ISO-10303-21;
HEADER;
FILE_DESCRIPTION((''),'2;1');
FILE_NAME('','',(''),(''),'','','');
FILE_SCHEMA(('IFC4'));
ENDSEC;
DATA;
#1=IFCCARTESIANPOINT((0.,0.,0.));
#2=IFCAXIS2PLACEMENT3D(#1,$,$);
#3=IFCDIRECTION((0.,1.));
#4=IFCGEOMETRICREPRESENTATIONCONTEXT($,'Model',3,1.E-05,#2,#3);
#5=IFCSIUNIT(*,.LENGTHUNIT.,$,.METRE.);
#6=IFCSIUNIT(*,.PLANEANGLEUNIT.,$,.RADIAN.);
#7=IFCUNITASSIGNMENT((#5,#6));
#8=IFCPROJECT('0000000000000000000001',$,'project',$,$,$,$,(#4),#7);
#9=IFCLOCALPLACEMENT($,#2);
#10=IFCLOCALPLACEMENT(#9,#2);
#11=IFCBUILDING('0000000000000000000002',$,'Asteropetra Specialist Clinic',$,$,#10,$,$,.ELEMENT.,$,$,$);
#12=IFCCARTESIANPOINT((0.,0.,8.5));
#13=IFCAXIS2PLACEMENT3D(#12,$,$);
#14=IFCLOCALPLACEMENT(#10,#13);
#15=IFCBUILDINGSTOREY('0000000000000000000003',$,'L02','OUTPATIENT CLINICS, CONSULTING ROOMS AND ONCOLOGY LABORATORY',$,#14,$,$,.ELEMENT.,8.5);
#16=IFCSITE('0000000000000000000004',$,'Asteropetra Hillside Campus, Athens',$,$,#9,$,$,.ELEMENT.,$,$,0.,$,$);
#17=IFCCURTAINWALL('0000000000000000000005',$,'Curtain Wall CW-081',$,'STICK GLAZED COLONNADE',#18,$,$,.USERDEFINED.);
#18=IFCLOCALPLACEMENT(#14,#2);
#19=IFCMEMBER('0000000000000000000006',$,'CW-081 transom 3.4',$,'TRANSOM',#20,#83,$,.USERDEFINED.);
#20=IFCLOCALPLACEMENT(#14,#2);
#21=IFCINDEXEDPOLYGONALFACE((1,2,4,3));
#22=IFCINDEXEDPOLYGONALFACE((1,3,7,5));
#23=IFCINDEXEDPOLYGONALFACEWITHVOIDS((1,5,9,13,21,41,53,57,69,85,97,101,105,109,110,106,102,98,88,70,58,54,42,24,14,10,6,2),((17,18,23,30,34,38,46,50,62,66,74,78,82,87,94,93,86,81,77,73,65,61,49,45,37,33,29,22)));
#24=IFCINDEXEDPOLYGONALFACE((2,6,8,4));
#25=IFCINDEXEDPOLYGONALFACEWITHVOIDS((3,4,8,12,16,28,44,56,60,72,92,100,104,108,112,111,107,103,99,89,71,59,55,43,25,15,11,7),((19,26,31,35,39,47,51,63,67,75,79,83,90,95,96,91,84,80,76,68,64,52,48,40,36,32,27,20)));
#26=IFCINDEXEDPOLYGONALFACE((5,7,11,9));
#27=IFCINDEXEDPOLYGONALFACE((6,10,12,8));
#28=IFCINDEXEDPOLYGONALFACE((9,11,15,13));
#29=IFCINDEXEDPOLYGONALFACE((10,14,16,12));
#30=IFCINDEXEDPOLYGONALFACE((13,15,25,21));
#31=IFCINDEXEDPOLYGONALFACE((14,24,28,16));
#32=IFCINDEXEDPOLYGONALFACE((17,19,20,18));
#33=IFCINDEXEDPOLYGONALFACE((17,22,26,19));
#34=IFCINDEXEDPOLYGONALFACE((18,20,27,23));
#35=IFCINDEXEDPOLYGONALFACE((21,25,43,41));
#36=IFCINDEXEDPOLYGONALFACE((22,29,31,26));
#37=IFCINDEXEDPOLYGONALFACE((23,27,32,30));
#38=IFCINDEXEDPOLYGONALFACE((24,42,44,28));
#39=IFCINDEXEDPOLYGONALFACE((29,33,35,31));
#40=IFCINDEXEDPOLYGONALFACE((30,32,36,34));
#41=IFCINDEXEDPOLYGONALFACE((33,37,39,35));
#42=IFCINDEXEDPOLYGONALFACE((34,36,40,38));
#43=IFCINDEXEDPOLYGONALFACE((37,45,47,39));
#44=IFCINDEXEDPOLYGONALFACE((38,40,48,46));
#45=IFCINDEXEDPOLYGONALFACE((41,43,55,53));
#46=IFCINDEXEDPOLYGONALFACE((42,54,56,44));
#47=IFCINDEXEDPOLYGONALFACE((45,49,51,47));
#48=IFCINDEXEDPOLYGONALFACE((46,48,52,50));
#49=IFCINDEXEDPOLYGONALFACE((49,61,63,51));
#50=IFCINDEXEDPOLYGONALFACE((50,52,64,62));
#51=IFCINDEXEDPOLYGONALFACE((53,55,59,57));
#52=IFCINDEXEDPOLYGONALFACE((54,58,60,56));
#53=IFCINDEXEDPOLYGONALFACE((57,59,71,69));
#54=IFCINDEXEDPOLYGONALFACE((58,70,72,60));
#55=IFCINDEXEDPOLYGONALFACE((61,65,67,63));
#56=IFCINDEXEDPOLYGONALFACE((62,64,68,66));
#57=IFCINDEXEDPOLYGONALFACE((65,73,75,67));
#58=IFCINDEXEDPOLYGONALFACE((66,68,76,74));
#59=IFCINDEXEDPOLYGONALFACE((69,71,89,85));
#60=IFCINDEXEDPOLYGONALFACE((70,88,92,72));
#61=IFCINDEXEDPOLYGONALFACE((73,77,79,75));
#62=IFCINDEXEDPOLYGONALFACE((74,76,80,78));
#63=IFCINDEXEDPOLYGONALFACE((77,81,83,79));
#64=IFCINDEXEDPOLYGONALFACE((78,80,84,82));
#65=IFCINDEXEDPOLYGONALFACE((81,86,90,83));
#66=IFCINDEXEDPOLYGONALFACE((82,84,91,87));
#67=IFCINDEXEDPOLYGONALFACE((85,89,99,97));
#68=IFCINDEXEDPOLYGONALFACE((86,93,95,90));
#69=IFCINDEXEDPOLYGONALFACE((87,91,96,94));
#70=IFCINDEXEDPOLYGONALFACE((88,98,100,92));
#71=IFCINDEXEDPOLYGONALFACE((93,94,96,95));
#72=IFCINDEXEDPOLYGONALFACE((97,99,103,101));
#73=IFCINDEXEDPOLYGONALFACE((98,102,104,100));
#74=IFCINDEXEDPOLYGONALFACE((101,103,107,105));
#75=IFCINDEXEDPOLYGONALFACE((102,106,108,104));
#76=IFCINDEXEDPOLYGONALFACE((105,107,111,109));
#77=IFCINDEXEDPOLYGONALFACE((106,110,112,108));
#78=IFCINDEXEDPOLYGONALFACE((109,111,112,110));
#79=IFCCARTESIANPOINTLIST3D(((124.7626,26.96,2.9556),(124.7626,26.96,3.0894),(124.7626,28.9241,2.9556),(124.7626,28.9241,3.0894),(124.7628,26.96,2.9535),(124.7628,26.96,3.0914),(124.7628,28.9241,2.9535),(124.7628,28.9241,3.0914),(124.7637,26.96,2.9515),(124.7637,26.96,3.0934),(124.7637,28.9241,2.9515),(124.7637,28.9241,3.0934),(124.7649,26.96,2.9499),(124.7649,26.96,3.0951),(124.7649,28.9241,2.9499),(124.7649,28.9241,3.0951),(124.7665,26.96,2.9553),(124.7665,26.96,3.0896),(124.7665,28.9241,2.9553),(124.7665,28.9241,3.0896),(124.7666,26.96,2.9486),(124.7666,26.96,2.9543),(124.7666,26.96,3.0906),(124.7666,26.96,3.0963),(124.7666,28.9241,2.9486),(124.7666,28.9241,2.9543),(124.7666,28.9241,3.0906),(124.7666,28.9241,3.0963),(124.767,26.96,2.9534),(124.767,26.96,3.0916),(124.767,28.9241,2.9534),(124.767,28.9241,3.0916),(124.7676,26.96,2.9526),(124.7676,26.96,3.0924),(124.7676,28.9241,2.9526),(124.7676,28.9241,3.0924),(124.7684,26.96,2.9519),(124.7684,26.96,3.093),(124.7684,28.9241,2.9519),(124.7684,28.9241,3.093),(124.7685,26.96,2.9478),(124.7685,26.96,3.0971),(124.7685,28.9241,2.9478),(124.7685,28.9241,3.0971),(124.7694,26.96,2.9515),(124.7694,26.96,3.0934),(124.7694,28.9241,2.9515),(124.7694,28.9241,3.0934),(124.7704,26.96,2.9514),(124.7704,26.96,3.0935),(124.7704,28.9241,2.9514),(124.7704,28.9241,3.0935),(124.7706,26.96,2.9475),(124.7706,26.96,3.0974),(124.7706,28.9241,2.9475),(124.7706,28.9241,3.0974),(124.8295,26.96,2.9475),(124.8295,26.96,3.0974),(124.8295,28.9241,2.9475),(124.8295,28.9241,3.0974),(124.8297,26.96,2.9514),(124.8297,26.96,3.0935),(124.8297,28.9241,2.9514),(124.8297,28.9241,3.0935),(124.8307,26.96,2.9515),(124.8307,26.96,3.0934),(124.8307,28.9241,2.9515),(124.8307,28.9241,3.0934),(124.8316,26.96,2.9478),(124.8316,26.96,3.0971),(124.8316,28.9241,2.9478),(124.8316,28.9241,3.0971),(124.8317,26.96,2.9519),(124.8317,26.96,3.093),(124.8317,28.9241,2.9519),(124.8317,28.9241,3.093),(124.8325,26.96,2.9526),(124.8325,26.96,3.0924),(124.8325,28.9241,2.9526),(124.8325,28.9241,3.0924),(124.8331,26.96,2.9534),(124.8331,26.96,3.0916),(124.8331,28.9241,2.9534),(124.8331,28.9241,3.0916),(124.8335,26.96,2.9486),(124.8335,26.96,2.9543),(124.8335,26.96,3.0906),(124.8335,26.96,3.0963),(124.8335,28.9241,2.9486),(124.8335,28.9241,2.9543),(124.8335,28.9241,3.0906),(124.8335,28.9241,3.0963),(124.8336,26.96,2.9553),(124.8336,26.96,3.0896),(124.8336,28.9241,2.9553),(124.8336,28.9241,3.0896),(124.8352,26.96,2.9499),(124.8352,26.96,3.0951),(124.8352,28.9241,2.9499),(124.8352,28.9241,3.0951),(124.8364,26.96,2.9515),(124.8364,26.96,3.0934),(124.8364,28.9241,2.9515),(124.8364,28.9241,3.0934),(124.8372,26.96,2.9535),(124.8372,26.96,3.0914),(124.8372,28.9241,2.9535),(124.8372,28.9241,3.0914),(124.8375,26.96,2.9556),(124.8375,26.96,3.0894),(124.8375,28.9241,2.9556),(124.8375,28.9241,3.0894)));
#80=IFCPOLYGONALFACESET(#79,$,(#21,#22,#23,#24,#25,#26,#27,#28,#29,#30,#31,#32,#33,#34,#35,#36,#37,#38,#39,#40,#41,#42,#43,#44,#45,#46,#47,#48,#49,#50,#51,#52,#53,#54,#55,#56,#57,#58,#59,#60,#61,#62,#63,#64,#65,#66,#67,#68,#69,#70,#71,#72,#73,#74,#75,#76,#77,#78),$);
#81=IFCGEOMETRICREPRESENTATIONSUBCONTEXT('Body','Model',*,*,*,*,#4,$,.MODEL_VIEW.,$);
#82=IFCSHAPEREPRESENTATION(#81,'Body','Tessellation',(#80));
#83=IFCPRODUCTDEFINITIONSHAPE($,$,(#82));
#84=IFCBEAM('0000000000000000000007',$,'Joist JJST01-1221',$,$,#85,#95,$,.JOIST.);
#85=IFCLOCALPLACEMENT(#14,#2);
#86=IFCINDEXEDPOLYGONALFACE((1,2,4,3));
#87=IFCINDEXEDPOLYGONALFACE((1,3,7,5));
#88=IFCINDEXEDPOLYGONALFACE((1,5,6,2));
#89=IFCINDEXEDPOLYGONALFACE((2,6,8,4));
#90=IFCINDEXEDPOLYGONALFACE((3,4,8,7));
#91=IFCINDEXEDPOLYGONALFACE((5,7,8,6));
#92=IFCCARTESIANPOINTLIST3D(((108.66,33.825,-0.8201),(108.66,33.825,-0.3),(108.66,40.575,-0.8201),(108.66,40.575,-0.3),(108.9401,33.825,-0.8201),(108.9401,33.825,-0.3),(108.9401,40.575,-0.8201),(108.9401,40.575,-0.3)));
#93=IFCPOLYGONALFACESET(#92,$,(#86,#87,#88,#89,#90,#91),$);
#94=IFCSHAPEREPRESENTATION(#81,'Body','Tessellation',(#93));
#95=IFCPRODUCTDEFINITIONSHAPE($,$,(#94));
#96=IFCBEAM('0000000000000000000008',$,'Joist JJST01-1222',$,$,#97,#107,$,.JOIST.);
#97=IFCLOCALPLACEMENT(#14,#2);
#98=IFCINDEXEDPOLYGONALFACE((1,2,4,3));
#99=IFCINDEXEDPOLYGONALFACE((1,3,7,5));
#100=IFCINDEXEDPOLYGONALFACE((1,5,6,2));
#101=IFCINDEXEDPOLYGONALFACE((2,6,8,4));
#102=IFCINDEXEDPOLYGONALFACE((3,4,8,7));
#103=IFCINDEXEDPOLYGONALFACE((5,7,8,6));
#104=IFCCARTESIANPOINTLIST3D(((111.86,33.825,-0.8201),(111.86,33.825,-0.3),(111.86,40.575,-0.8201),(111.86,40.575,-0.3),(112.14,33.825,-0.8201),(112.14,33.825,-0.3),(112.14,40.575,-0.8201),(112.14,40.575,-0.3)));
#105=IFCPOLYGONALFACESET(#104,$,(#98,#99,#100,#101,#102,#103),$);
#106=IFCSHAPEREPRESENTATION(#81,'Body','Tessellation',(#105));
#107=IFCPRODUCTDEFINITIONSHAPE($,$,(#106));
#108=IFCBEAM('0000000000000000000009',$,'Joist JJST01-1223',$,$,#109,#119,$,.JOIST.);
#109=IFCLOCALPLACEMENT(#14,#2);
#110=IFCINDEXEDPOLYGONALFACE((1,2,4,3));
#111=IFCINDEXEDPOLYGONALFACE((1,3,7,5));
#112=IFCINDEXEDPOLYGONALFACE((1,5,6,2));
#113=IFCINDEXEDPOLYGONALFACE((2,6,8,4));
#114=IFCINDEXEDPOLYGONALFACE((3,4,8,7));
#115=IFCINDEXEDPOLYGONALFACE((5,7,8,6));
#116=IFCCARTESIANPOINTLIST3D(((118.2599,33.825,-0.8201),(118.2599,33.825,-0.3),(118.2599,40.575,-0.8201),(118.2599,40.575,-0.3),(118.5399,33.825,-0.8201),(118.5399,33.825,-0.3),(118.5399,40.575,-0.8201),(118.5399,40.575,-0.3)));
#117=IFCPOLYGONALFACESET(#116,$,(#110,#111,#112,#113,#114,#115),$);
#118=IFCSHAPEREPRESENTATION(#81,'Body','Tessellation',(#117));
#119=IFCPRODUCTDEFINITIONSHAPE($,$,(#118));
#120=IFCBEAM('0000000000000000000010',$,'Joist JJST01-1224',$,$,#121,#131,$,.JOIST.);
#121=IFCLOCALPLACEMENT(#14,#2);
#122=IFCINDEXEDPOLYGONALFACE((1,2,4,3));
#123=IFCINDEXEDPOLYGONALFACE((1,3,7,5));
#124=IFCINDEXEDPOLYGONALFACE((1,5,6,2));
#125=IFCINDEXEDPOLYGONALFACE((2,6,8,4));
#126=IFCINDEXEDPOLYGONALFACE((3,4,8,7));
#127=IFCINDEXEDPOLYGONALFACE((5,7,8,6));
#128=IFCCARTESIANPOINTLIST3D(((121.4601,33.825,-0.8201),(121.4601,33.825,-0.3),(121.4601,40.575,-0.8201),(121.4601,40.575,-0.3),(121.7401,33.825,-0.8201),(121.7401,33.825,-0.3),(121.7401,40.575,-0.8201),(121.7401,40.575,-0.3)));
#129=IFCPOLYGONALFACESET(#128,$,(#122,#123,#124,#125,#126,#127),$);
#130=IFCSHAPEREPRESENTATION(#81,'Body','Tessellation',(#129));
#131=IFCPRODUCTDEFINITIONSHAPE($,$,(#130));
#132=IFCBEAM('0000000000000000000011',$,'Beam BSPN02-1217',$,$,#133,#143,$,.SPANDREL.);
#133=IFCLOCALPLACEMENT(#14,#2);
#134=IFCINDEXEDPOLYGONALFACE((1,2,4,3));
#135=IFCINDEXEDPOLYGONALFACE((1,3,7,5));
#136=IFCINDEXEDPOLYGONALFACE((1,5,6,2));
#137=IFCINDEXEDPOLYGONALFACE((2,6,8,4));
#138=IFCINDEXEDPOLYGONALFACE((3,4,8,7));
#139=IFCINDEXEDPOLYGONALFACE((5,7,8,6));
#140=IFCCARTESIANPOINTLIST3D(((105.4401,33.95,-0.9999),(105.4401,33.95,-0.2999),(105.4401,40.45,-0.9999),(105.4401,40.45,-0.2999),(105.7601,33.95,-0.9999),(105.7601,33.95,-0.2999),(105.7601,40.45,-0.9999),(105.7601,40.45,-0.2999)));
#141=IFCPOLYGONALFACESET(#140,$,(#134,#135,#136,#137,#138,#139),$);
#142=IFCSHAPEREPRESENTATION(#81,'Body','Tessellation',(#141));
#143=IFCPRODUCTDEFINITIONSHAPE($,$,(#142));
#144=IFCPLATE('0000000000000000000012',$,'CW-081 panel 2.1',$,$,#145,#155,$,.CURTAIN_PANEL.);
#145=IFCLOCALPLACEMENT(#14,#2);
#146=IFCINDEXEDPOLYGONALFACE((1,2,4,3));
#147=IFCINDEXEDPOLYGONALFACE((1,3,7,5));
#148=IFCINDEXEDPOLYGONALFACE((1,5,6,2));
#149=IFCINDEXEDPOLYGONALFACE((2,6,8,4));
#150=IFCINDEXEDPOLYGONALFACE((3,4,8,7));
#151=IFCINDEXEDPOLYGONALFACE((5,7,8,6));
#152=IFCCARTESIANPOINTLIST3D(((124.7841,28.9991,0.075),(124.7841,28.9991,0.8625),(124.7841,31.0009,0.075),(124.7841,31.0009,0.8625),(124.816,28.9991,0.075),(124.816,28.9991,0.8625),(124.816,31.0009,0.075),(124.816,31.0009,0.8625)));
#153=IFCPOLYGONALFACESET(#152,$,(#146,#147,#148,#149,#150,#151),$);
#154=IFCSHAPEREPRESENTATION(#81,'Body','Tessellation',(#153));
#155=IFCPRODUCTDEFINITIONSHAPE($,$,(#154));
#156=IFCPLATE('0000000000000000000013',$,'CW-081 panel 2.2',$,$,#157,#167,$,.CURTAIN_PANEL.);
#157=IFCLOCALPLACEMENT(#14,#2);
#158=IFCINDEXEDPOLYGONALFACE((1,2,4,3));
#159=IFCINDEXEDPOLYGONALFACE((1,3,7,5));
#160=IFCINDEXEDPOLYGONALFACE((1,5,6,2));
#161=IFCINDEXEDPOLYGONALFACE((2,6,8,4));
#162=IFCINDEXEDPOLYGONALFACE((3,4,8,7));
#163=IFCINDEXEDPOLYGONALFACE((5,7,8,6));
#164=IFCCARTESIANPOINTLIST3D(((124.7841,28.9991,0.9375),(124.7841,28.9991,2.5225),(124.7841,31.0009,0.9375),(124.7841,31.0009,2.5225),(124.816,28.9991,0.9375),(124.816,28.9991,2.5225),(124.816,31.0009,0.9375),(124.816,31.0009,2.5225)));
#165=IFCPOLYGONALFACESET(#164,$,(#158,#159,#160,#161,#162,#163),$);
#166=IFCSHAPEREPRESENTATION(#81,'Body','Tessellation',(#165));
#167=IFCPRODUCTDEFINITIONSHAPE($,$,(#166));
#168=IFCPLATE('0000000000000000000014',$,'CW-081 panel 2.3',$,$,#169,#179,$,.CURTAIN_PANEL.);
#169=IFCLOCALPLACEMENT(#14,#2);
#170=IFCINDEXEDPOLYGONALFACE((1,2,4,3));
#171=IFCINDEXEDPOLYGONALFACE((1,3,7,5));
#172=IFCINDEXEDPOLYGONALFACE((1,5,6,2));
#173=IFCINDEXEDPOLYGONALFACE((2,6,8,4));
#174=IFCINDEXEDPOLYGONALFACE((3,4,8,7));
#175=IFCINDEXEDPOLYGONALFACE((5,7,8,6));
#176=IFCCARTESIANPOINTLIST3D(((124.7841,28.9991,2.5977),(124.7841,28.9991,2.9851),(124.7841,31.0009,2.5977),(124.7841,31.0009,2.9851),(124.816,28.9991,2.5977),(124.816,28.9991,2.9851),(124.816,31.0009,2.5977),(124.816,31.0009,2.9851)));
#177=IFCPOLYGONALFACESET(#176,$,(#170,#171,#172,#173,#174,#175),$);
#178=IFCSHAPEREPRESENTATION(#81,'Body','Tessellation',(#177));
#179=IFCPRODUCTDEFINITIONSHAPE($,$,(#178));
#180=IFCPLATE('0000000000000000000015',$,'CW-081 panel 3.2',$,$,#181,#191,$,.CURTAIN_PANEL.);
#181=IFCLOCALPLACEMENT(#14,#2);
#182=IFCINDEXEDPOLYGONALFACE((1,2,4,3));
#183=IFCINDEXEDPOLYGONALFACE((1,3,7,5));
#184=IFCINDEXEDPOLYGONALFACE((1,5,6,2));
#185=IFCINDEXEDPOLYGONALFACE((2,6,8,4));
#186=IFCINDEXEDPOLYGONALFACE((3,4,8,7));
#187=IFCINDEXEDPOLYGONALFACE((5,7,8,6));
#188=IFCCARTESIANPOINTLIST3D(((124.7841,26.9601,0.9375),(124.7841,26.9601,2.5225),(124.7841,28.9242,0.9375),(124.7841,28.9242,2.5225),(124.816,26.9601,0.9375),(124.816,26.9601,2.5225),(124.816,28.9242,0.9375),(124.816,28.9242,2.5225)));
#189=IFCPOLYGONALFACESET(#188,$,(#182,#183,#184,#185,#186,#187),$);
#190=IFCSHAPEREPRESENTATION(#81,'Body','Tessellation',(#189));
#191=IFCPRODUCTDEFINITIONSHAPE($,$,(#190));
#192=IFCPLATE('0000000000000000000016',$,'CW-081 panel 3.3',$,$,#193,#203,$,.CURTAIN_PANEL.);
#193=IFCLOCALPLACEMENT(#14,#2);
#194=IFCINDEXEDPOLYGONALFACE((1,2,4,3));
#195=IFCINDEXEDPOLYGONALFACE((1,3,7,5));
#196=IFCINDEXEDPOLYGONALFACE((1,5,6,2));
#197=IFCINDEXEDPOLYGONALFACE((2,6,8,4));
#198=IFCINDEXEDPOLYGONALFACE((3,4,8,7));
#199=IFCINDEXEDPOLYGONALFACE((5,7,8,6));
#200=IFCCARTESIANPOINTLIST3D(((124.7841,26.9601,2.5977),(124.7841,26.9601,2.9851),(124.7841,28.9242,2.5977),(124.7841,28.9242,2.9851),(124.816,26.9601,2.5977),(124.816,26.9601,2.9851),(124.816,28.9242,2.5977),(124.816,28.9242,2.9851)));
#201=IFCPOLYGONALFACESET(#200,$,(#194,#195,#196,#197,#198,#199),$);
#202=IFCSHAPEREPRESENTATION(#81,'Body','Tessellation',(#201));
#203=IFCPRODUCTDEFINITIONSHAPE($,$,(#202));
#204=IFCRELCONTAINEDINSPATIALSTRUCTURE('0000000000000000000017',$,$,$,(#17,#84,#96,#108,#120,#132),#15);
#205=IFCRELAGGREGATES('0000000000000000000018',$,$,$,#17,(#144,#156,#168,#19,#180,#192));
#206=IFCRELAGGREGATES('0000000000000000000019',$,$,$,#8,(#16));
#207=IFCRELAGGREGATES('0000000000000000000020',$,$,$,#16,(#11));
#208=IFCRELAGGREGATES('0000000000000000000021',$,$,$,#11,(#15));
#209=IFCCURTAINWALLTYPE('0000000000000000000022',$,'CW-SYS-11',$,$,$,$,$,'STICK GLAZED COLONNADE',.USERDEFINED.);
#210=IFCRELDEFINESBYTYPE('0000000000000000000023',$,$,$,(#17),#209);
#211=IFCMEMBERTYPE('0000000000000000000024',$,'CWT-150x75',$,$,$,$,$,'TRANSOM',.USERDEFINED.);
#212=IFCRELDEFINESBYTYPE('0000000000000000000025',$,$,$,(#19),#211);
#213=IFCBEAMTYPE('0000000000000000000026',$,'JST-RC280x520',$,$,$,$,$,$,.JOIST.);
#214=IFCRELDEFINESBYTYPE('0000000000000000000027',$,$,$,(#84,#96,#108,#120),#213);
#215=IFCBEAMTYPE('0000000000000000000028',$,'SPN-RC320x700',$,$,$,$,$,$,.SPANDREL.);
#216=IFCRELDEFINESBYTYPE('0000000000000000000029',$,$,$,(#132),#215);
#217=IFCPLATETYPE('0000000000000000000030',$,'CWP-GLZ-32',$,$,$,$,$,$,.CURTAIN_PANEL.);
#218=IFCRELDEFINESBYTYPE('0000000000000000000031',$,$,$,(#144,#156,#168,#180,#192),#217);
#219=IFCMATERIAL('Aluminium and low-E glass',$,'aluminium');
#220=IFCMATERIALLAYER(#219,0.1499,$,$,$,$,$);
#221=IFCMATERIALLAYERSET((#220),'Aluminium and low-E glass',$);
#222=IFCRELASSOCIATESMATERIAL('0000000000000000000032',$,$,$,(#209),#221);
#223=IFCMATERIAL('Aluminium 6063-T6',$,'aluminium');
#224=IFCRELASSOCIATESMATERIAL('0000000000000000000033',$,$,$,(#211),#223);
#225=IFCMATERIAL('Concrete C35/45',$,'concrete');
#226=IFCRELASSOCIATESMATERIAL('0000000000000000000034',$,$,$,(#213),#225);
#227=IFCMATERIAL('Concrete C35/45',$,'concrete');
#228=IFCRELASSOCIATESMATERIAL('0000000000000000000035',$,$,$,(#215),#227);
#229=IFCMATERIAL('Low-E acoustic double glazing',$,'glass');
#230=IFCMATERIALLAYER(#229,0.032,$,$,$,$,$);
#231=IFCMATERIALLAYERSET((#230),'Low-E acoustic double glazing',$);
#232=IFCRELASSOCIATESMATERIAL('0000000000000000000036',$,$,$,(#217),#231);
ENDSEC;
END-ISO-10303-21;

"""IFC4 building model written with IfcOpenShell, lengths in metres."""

from ifc_helpers import new_model, si_unit, direction, frame, origin, origin_2d, place, context, subcontext, project, spatial, rectangle, hollow_rectangle, extrude, material, layer, layer_set, material_profile, profile_set, type_object, element, aggregate, save


model = new_model("IFC4")

# Units and contexts
model_context = context("Model", 3, precision=1e-05, world=origin(), true_north=direction((0.0, 1.0)))
body_context = subcontext(model_context, "Body", "Model", "MODEL_VIEW")
ifc_project = project(units=[si_unit("LENGTHUNIT", "METRE"), si_unit("PLANEANGLEUNIT", "RADIAN")], contexts=[model_context])

# Site, building, storey
site_placement = place(None, origin())
site = spatial("IfcSite", under=ifc_project, at=site_placement, Name="Asteropetra Hillside Campus, Athens", CompositionType="ELEMENT", RefElevation=0.0)
building_placement = place(site_placement, origin())
building = spatial("IfcBuilding", under=site, at=building_placement, Name="Asteropetra Specialist Clinic", CompositionType="ELEMENT")
storey_placement = place(building_placement, frame((0.0, 0.0, 8.5)))
storey = spatial("IfcBuildingStorey", under=building, at=storey_placement, Name="L02", Description="OUTPATIENT CLINICS, CONSULTING ROOMS AND ONCOLOGY LABORATORY", CompositionType="ELEMENT", Elevation=8.5)

# Curtain wall, member
ifc_material_1 = material(Name="Aluminium and low-E glass", Category="aluminium")
ifc_layer_1 = layer(ifc_material_1, 0.1499)
ifc_layer_set_1 = layer_set([ifc_layer_1], Name="Aluminium and low-E glass")
curtain_wall_type = type_object("IfcCurtainWallType", Name="CW-SYS-11", ElementType="STICK GLAZED COLONNADE", PredefinedType="USERDEFINED", material=ifc_layer_set_1)
curtain_wall_placement = place(storey_placement, origin())
curtain_wall = element("IfcCurtainWall", 1, at=curtain_wall_placement, inside=storey, type_object=curtain_wall_type, Name="Curtain Wall CW-081", ObjectType="STICK GLAZED COLONNADE", PredefinedType="USERDEFINED")
ifc_material_2 = material(Name="Aluminium 6063-T6", Category="aluminium")
ifc_material_profile_1 = material_profile(ifc_material_2, hollow_rectangle(XDim=0.075, YDim=0.1499, WallThickness=0.0039, InnerFilletRadius=0.0039, OuterFilletRadius=0.0081, at=origin_2d()), Name="TRN 150x75x4.0")
ifc_profile_set_1 = profile_set([ifc_material_profile_1], Name="Aluminium 6063-T6")
member_type_1 = type_object("IfcMemberType", Name="CWT-150x75", ElementType="TRANSOM", PredefinedType="USERDEFINED", material=ifc_profile_set_1)
member_1_placement = place(storey_placement, frame((124.8, 28.9241, 3.0225), z_axis=(0.0, -1.0, 0.0), x_axis=(1.0, 0.0, 0.0)))
member_1 = element("IfcMember", 2, at=member_1_placement, type_object=member_type_1, Name="CW-081 transom 3.4", ObjectType="TRANSOM", PredefinedType="USERDEFINED", context=body_context, shape_type="SweptSolid", body=[
    extrude(hollow_rectangle(XDim=0.075, YDim=0.1499, WallThickness=0.0039, InnerFilletRadius=0.0039, OuterFilletRadius=0.0081, at=origin_2d()), origin(), (0.0, 0.0, 1.0), 1.9641),
])

# Beams
ifc_material_3 = material(Name="Concrete C35/45", Category="concrete")
ifc_material_profile_2 = material_profile(ifc_material_3, rectangle(XDim=0.28, YDim=0.52, at=origin_2d()), Name="RCJ 280x520")
ifc_profile_set_2 = profile_set([ifc_material_profile_2], Name="Concrete C35/45")
beam_type_1 = type_object("IfcBeamType", Name="JST-RC280x520", PredefinedType="JOIST", material=ifc_profile_set_2)
for number, where, z_axis, x_axis, name in (
    (3, (108.8, 33.825, -0.5601), (0.0, 1.0, 0.0), (-1.0, 0.0, 0.0), "Joist JJST01-1221"),
    (4, (112.0, 33.825, -0.5601), (0.0, 1.0, 0.0), (-1.0, 0.0, 0.0), "Joist JJST01-1222"),
    (5, (118.3999, 33.825, -0.5601), (0.0, 1.0, 0.0), (-1.0, 0.0, 0.0), "Joist JJST01-1223"),
    (6, (121.6001, 33.825, -0.5601), (0.0, 1.0, 0.0), (-1.0, 0.0, 0.0), "Joist JJST01-1224"),
):
    element("IfcBeam", number, at=place(storey_placement, frame(where, z_axis=z_axis, x_axis=x_axis)), inside=storey, type_object=beam_type_1, Name=name, PredefinedType="JOIST", context=body_context, shape_type="SweptSolid", body=[
        extrude(rectangle(XDim=0.28, YDim=0.52, at=origin_2d()), origin(), (0.0, 0.0, 1.0), 6.75),
    ])
ifc_material_4 = material(Name="Concrete C35/45", Category="concrete")
ifc_material_profile_3 = material_profile(ifc_material_4, rectangle(XDim=0.3201, YDim=0.7, at=origin_2d()), Name="RCS 320x700")
ifc_profile_set_3 = profile_set([ifc_material_profile_3], Name="Concrete C35/45")
beam_type_2 = type_object("IfcBeamType", Name="SPN-RC320x700", PredefinedType="SPANDREL", material=ifc_profile_set_3)
beam_1_placement = place(storey_placement, frame((105.6001, 33.95, -0.6499), z_axis=(0.0, 1.0, 0.0), x_axis=(-1.0, 0.0, 0.0)))
element("IfcBeam", 7, at=beam_1_placement, inside=storey, type_object=beam_type_2, Name="Beam BSPN02-1217", PredefinedType="SPANDREL", context=body_context, shape_type="SweptSolid", body=[
    extrude(rectangle(XDim=0.3201, YDim=0.7, at=origin_2d()), origin(), (0.0, 0.0, 1.0), 6.5),
])

# Plates
ifc_material_5 = material(Name="Low-E acoustic double glazing", Category="glass")
ifc_layer_2 = layer(ifc_material_5, 0.032)
ifc_layer_set_2 = layer_set([ifc_layer_2], Name="Low-E acoustic double glazing")
plate_type = type_object("IfcPlateType", Name="CWP-GLZ-32", PredefinedType="CURTAIN_PANEL", material=ifc_layer_set_2)
plate_1_placement = place(storey_placement, frame((124.8, 30.0, 0.075), z_axis=(0.0, 0.0, 1.0), x_axis=(0.0, -1.0, 0.0)))
plate_1 = element("IfcPlate", 8, at=plate_1_placement, type_object=plate_type, Name="CW-081 panel 2.1", PredefinedType="CURTAIN_PANEL", context=body_context, shape_type="SweptSolid", body=[
    extrude(rectangle(XDim=2.0017, YDim=0.032, at=origin_2d()), origin(), (0.0, 0.0, 1.0), 0.7876),
])
plate_2_placement = place(storey_placement, frame((124.8, 30.0, 0.9375), z_axis=(0.0, 0.0, 1.0), x_axis=(0.0, -1.0, 0.0)))
plate_2 = element("IfcPlate", 9, at=plate_2_placement, type_object=plate_type, Name="CW-081 panel 2.2", PredefinedType="CURTAIN_PANEL", context=body_context, shape_type="SweptSolid", body=[
    extrude(rectangle(XDim=2.0017, YDim=0.032, at=origin_2d()), origin(), (0.0, 0.0, 1.0), 1.585),
])
plate_3_placement = place(storey_placement, frame((124.8, 30.0, 2.5977), z_axis=(0.0, 0.0, 1.0), x_axis=(0.0, -1.0, 0.0)))
plate_3 = element("IfcPlate", 10, at=plate_3_placement, type_object=plate_type, Name="CW-081 panel 2.3", PredefinedType="CURTAIN_PANEL", context=body_context, shape_type="SweptSolid", body=[
    extrude(rectangle(XDim=2.0017, YDim=0.032, at=origin_2d()), origin(), (0.0, 0.0, 1.0), 0.3875),
])
plate_4_placement = place(storey_placement, frame((124.8, 27.9421, 0.9375), z_axis=(0.0, 0.0, 1.0), x_axis=(0.0, -1.0, 0.0)))
plate_4 = element("IfcPlate", 11, at=plate_4_placement, type_object=plate_type, Name="CW-081 panel 3.2", PredefinedType="CURTAIN_PANEL", context=body_context, shape_type="SweptSolid", body=[
    extrude(rectangle(XDim=1.9641, YDim=0.032, at=origin_2d()), origin(), (0.0, 0.0, 1.0), 1.585),
])
plate_5_placement = place(storey_placement, frame((124.8, 27.9421, 2.5977), z_axis=(0.0, 0.0, 1.0), x_axis=(0.0, -1.0, 0.0)))
plate_5 = element("IfcPlate", 12, at=plate_5_placement, type_object=plate_type, Name="CW-081 panel 3.3", PredefinedType="CURTAIN_PANEL", context=body_context, shape_type="SweptSolid", body=[
    extrude(rectangle(XDim=1.9641, YDim=0.032, at=origin_2d()), origin(), (0.0, 0.0, 1.0), 0.3875),
])
aggregate(curtain_wall, [plate_1, plate_2, plate_3, member_1, plate_4, plate_5])

save(model, "model.ifc")
